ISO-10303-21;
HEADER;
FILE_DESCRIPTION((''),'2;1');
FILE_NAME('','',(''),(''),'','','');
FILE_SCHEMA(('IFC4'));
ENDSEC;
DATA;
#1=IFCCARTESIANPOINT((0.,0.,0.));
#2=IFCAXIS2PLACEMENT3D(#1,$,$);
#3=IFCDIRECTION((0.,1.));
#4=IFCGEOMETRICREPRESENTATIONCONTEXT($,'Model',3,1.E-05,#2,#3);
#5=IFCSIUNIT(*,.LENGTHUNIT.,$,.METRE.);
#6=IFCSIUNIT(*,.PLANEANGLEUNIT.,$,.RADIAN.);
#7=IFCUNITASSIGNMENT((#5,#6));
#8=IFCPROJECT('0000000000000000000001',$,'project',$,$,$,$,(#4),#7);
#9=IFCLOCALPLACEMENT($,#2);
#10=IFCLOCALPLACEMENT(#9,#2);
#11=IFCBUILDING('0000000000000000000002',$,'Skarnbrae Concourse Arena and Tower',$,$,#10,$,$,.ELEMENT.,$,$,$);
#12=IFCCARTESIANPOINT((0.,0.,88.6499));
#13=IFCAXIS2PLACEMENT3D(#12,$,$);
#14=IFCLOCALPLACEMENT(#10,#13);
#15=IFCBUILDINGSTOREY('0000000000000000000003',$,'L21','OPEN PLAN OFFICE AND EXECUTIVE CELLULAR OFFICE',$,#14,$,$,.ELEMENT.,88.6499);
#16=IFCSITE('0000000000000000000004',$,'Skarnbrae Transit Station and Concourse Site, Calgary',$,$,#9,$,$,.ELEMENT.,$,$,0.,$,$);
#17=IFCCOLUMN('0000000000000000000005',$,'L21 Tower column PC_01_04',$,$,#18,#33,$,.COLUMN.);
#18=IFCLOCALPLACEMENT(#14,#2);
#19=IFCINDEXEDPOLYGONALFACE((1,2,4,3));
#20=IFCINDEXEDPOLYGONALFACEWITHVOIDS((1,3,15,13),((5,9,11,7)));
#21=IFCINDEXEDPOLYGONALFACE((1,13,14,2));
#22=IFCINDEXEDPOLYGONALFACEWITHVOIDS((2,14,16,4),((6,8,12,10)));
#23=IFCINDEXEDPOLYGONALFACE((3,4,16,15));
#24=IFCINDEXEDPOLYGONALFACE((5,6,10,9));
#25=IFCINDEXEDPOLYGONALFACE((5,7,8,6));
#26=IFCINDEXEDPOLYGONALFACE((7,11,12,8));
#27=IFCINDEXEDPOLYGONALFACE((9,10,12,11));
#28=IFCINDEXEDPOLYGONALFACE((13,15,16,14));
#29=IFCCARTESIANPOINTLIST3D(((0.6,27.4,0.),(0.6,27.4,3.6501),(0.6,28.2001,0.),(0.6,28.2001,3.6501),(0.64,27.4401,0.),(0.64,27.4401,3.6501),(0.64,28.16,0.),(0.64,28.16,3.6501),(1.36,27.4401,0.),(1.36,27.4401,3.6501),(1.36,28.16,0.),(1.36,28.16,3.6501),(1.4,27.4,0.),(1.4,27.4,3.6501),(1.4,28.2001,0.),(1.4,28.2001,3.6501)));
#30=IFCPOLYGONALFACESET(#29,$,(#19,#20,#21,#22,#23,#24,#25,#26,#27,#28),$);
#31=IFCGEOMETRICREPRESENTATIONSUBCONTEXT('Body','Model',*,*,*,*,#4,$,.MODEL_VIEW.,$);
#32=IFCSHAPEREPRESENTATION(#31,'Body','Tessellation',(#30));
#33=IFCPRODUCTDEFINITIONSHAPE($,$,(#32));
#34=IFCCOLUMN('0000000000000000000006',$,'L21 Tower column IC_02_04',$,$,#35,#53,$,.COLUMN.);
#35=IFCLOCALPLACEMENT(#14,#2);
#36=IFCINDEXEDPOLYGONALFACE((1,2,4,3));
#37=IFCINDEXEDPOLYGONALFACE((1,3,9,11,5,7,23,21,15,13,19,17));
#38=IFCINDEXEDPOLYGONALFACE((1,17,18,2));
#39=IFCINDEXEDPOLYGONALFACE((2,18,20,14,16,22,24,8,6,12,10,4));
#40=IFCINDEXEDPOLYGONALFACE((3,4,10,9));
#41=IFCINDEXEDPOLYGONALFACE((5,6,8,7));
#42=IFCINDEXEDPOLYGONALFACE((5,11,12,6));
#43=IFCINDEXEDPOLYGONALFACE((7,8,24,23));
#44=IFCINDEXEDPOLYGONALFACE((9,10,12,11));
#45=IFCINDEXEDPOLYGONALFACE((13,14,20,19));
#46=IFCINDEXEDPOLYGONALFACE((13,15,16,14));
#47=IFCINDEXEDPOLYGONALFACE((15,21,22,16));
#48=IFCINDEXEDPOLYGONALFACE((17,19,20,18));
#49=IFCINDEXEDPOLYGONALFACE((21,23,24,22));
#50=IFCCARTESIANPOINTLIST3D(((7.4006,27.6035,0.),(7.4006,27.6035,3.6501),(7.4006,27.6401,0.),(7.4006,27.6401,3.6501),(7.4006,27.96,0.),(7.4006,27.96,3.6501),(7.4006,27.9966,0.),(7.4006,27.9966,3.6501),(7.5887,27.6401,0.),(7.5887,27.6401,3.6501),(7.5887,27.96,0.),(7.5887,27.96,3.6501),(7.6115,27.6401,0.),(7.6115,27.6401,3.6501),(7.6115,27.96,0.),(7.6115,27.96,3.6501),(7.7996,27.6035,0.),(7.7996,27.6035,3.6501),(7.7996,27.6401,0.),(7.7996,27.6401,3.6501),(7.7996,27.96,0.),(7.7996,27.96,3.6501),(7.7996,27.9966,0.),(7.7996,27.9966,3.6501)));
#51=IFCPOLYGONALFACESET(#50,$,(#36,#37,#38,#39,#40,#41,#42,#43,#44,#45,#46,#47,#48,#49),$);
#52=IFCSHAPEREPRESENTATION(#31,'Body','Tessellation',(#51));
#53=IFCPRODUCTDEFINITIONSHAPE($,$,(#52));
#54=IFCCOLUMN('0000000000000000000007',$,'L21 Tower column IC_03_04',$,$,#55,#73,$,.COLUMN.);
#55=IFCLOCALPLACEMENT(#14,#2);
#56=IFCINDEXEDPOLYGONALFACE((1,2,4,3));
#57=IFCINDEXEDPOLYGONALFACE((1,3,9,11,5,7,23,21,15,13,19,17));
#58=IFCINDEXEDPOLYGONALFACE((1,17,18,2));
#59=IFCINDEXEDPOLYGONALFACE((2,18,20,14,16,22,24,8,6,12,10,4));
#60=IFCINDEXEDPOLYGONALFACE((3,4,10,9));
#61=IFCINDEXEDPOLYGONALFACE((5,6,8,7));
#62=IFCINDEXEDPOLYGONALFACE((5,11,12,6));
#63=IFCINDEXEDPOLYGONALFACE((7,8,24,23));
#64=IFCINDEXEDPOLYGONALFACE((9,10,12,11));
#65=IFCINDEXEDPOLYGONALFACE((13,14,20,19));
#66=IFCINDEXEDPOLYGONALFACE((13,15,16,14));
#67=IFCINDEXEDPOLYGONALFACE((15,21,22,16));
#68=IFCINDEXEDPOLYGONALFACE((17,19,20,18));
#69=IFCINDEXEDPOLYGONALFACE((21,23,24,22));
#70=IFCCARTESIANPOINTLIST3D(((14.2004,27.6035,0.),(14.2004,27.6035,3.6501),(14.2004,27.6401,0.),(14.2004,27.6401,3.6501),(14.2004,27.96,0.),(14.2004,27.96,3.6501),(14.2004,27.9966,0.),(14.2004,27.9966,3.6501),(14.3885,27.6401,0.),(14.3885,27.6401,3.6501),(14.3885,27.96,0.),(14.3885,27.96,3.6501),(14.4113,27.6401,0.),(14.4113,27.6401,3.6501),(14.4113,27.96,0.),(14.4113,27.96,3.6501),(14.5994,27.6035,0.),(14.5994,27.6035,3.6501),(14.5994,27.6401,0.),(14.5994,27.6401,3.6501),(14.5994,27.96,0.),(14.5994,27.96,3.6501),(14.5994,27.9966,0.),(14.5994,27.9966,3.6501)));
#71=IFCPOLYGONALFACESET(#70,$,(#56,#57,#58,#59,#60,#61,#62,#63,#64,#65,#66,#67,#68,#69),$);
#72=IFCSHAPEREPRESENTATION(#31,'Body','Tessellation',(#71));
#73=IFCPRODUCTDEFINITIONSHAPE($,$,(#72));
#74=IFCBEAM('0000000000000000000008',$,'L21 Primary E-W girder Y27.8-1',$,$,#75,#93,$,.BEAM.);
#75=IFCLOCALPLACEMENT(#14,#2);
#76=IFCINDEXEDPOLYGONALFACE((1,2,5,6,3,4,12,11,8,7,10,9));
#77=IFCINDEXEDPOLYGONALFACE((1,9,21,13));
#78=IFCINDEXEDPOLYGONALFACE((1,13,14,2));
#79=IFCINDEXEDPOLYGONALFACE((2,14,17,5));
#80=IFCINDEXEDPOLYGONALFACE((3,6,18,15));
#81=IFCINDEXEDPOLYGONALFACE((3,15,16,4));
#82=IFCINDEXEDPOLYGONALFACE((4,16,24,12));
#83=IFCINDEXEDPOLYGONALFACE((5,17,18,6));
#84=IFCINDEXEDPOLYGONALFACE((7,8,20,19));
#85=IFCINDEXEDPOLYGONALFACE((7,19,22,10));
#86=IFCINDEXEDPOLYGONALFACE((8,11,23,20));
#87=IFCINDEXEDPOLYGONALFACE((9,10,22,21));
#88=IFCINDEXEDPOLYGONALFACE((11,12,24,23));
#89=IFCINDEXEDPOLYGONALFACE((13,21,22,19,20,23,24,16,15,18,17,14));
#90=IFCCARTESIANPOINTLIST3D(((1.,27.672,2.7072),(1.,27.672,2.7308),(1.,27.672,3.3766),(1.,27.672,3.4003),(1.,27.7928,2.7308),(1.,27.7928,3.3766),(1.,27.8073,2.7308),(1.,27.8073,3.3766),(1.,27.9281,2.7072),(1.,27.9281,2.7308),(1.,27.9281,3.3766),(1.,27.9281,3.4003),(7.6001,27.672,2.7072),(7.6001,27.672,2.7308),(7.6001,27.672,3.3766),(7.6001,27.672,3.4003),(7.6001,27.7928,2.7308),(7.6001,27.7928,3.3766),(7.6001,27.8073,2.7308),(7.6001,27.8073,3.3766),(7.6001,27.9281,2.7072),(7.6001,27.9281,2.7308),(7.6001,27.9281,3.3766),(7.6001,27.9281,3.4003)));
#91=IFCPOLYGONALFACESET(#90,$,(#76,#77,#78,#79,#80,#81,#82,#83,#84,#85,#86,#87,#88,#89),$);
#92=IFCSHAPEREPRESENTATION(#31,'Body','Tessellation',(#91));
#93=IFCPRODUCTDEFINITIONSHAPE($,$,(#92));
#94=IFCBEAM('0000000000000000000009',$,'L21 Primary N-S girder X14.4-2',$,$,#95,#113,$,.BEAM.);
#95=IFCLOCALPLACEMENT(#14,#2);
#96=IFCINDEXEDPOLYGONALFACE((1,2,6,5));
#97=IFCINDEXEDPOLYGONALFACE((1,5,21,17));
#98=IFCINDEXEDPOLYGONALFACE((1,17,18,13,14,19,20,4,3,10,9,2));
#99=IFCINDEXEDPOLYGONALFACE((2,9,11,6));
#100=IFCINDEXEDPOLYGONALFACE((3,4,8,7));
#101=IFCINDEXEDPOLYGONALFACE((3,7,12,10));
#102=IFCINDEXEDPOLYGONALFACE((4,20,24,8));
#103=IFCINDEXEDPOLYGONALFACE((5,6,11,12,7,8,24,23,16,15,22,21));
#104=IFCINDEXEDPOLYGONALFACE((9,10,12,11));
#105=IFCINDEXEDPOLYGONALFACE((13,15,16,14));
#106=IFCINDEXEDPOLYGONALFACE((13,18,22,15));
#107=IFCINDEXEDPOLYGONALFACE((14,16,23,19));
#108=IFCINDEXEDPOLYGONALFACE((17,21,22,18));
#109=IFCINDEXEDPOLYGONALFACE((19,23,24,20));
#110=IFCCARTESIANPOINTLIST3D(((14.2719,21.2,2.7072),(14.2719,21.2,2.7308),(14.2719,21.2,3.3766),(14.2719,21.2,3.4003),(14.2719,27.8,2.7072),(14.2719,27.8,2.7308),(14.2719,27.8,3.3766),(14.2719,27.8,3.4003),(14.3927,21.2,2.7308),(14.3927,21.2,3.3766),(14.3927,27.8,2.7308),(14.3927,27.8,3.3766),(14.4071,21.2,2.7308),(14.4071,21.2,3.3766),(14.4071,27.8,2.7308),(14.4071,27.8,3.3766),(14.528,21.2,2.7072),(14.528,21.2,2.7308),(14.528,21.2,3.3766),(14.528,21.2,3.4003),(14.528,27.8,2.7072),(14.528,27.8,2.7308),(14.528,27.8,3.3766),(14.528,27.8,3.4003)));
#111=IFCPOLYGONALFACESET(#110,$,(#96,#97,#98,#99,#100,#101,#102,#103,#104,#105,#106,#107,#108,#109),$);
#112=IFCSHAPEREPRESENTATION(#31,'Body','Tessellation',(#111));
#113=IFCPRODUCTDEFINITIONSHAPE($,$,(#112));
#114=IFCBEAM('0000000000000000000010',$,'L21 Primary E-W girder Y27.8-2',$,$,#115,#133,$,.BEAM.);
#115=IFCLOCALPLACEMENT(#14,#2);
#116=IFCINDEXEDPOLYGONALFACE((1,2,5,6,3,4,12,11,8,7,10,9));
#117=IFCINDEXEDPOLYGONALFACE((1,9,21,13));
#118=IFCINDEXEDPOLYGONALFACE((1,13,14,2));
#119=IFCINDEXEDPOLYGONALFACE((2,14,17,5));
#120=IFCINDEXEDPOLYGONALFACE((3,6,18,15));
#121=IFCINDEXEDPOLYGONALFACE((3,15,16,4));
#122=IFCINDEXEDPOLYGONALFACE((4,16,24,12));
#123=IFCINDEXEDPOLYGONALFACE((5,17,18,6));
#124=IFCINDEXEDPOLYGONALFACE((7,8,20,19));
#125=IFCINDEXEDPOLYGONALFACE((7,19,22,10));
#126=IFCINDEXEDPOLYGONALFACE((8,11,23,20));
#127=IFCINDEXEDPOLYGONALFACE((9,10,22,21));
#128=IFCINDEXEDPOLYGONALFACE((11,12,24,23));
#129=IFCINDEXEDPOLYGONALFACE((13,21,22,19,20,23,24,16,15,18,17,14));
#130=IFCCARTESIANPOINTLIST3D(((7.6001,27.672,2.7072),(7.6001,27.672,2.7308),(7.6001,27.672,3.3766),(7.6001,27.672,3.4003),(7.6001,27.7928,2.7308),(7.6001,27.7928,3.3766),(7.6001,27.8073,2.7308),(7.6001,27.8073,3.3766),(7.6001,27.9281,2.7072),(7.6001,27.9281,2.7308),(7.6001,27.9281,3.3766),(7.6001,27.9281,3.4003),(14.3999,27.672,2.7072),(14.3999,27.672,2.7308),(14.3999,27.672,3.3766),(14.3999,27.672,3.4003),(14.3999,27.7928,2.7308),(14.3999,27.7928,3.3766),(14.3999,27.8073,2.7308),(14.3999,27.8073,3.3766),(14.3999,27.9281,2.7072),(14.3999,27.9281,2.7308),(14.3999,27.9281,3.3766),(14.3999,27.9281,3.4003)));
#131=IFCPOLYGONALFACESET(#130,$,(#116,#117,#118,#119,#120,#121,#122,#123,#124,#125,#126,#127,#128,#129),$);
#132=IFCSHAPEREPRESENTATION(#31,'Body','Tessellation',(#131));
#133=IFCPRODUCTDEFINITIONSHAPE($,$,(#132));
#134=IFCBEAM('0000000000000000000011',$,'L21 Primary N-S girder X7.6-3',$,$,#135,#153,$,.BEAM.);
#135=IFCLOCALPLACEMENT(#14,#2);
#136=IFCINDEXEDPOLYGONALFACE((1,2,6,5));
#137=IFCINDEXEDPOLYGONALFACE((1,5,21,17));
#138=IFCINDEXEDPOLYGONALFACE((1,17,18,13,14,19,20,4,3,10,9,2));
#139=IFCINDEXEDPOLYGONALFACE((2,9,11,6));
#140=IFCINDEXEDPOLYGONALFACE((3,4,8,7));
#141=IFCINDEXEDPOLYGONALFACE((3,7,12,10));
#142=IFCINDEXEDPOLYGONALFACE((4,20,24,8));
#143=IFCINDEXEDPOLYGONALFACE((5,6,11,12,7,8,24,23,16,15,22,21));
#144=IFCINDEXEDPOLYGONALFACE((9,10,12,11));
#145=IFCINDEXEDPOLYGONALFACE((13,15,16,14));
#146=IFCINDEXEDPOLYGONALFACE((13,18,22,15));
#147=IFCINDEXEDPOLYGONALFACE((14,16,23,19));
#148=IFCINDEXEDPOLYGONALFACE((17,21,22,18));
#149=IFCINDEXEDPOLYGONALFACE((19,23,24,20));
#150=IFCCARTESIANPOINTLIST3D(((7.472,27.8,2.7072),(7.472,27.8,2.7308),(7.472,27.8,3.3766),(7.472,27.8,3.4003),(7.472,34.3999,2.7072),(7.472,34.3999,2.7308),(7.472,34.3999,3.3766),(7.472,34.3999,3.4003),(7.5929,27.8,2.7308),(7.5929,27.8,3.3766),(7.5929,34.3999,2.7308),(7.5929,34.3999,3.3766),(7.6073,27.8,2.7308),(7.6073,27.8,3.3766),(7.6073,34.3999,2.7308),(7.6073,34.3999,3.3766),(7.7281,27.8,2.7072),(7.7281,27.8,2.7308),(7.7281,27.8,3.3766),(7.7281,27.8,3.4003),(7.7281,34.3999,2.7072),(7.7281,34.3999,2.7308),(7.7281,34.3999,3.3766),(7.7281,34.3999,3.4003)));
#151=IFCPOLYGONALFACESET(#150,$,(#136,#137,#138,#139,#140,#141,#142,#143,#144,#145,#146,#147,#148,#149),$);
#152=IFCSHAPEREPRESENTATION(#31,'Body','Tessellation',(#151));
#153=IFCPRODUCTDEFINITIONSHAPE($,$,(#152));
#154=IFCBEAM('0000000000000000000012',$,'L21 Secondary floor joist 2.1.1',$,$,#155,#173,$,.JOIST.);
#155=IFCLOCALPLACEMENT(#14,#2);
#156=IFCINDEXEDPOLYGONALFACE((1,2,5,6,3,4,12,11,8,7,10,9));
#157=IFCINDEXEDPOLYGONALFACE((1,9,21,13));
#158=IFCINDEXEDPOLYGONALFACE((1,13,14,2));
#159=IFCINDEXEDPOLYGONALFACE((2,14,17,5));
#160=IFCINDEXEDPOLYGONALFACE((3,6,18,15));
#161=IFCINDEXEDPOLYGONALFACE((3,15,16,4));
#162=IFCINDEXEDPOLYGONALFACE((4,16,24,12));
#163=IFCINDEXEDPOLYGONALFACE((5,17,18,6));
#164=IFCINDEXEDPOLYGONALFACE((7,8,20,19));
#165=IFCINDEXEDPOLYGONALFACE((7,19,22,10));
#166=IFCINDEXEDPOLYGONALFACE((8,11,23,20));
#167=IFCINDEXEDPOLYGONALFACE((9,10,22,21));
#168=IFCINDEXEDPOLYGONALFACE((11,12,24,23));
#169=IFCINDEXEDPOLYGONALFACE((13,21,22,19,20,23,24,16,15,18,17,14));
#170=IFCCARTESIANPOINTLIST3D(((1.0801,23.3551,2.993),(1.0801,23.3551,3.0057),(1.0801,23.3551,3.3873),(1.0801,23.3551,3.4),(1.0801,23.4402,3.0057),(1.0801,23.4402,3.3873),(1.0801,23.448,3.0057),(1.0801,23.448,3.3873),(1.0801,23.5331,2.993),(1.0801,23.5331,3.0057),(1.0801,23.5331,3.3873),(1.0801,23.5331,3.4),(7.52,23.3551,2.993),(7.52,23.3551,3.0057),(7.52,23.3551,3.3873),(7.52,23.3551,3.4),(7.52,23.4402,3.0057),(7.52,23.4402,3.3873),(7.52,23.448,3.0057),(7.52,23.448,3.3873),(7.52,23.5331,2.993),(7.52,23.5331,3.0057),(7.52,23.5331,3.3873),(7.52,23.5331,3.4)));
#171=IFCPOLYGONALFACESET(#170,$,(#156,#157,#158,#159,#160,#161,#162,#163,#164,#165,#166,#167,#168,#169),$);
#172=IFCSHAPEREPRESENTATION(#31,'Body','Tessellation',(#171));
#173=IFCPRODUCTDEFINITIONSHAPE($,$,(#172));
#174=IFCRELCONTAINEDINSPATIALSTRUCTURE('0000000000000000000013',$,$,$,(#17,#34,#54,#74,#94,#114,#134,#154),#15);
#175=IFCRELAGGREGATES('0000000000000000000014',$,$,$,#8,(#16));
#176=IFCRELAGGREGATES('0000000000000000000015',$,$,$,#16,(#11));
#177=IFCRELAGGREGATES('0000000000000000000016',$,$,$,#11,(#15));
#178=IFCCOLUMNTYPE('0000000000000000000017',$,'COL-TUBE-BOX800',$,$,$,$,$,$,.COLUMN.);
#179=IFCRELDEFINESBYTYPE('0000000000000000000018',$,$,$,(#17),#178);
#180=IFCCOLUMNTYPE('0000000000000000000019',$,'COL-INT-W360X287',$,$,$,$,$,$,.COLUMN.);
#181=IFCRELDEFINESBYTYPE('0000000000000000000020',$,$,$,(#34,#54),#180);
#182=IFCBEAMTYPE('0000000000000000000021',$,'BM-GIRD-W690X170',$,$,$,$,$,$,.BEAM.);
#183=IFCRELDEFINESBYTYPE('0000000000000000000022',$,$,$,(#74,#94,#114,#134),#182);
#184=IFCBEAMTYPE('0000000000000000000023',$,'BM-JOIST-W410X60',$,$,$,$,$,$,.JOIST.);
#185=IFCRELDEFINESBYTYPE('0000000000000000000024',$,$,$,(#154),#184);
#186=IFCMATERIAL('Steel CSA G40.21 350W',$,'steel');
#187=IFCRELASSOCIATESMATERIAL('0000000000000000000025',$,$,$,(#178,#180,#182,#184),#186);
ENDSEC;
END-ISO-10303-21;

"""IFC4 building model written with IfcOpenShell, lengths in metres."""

from ifc_helpers import new_model, si_unit, direction, frame, origin, origin_2d, place, context, subcontext, project, spatial, hollow_rectangle, i_section, extrude, source, transform, mapped, material, material_profile, profile_set, type_object, element, save


model = new_model("IFC4")

# Units and contexts
model_context = context("Model", 3, precision=1e-05, world=origin(), true_north=direction((0.0, 1.0)))
body_context = subcontext(model_context, "Body", "Model", "MODEL_VIEW")
ifc_project = project(units=[si_unit("LENGTHUNIT", "METRE"), si_unit("PLANEANGLEUNIT", "RADIAN")], contexts=[model_context])

# Site, building, storey
site_placement = place(None, origin())
site = spatial("IfcSite", under=ifc_project, at=site_placement, Name="Skarnbrae Transit Station and Concourse Site, Calgary", CompositionType="ELEMENT", RefElevation=0.0)
building_placement = place(site_placement, origin())
building = spatial("IfcBuilding", under=site, at=building_placement, Name="Skarnbrae Concourse Arena and Tower", CompositionType="ELEMENT")
storey_placement = place(building_placement, frame((0.0, 0.0, 88.6499)))
storey = spatial("IfcBuildingStorey", under=building, at=storey_placement, Name="L21", Description="OPEN PLAN OFFICE AND EXECUTIVE CELLULAR OFFICE", CompositionType="ELEMENT", Elevation=88.6499)

# Columns
ifc_material_1 = material(Name="Steel CSA G40.21 350W", Category="steel")
ifc_material_profile_1 = material_profile(ifc_material_1, hollow_rectangle(XDim=0.8, YDim=0.8, WallThickness=0.04, at=origin_2d()), Name="BOX800X800X40")
ifc_profile_set_1 = profile_set([ifc_material_profile_1], Name="Steel CSA G40.21 350W")
column_type_1 = type_object("IfcColumnType", Name="COL-TUBE-BOX800", PredefinedType="COLUMN", material=ifc_profile_set_1)
shared_shape_1 = source(origin(), body_context, "Body", "SweptSolid", [
    extrude(hollow_rectangle(XDim=0.8, YDim=0.8, WallThickness=0.04, at=origin_2d()), origin(), (0.0, 0.0, 1.0), 3.6501),
])
column_placement = place(storey_placement, frame((1.0, 27.8, 0.0), z_axis=(0.0, 0.0, 1.0), x_axis=(1.0, 0.0, 0.0)))
element("IfcColumn", 1, at=column_placement, inside=storey, type_object=column_type_1, Name="L21 Tower column PC_01_04", PredefinedType="COLUMN", context=body_context, shape_type="MappedRepresentation", body=[
    mapped(shared_shape_1, transform((0.0, 0.0, 0.0))),
])
ifc_material_profile_2 = material_profile(ifc_material_1, i_section(OverallWidth=0.3989, OverallDepth=0.3931, WebThickness=0.0227, FlangeThickness=0.0366, at=origin_2d()), Name="W360X287")
ifc_profile_set_2 = profile_set([ifc_material_profile_2], Name="Steel CSA G40.21 350W")
column_type_2 = type_object("IfcColumnType", Name="COL-INT-W360X287", PredefinedType="COLUMN", material=ifc_profile_set_2)
shared_shape_2 = source(origin(), body_context, "Body", "SweptSolid", [
    extrude(i_section(OverallWidth=0.3989, OverallDepth=0.3931, WebThickness=0.0227, FlangeThickness=0.0366, at=origin_2d()), origin(), (0.0, 0.0, 1.0), 3.6501),
])
for number, where, z_axis, x_axis, name in (
    (2, (7.6001, 27.8, 0.0), (0.0, 0.0, 1.0), (1.0, 0.0, 0.0), "L21 Tower column IC_02_04"),
    (3, (14.3999, 27.8, 0.0), (0.0, 0.0, 1.0), (1.0, 0.0, 0.0), "L21 Tower column IC_03_04"),
):
    element("IfcColumn", number, at=place(storey_placement, frame(where, z_axis=z_axis, x_axis=x_axis)), inside=storey, type_object=column_type_2, Name=name, PredefinedType="COLUMN", context=body_context, shape_type="MappedRepresentation", body=[
        mapped(shared_shape_2, transform((0.0, 0.0, 0.0))),
    ])

# Beams
ifc_material_profile_3 = material_profile(ifc_material_1, i_section(OverallWidth=0.2561, OverallDepth=0.6931, WebThickness=0.0144, FlangeThickness=0.0237, at=origin_2d()), Name="W690X170")
ifc_profile_set_3 = profile_set([ifc_material_profile_3], Name="Steel CSA G40.21 350W")
beam_type_1 = type_object("IfcBeamType", Name="BM-GIRD-W690X170", PredefinedType="BEAM", material=ifc_profile_set_3)
shared_shape_3 = source(origin(), body_context, "Body", "SweptSolid", [
    extrude(i_section(OverallWidth=0.2561, OverallDepth=0.6931, WebThickness=0.0144, FlangeThickness=0.0237, at=origin_2d()), origin(), (0.0, 0.0, 1.0), 6.6001),
])
for number, where, z_axis, x_axis, name in (
    (4, (1.0, 27.8, 3.0537), (1.0, 0.0, 0.0), (0.0, 1.0, 0.0), "L21 Primary E-W girder Y27.8-1"),
    (5, (14.3999, 21.2, 3.0537), (0.0, 1.0, 0.0), (-1.0, 0.0, 0.0), "L21 Primary N-S girder X14.4-2"),
):
    element("IfcBeam", number, at=place(storey_placement, frame(where, z_axis=z_axis, x_axis=x_axis)), inside=storey, type_object=beam_type_1, Name=name, PredefinedType="BEAM", context=body_context, shape_type="MappedRepresentation", body=[
        mapped(shared_shape_3, transform((0.0, 0.0, 0.0))),
    ])
shared_shape_4 = source(origin(), body_context, "Body", "SweptSolid", [
    extrude(i_section(OverallWidth=0.2561, OverallDepth=0.6931, WebThickness=0.0144, FlangeThickness=0.0237, at=origin_2d()), origin(), (0.0, 0.0, 1.0), 6.7998),
])
beam_1_placement = place(storey_placement, frame((7.6001, 27.8, 3.0537), z_axis=(1.0, 0.0, 0.0), x_axis=(0.0, 1.0, 0.0)))
element("IfcBeam", 6, at=beam_1_placement, inside=storey, type_object=beam_type_1, Name="L21 Primary E-W girder Y27.8-2", PredefinedType="BEAM", context=body_context, shape_type="MappedRepresentation", body=[
    mapped(shared_shape_4, transform((0.0, 0.0, 0.0))),
])
shared_shape_5 = source(origin(), body_context, "Body", "SweptSolid", [
    extrude(i_section(OverallWidth=0.2561, OverallDepth=0.6931, WebThickness=0.0144, FlangeThickness=0.0237, at=origin_2d()), origin(), (0.0, 0.0, 1.0), 6.5999),
])
beam_2_placement = place(storey_placement, frame((7.6001, 27.8, 3.0537), z_axis=(0.0, 1.0, 0.0), x_axis=(-1.0, 0.0, 0.0)))
element("IfcBeam", 7, at=beam_2_placement, inside=storey, type_object=beam_type_1, Name="L21 Primary N-S girder X7.6-3", PredefinedType="BEAM", context=body_context, shape_type="MappedRepresentation", body=[
    mapped(shared_shape_5, transform((0.0, 0.0, 0.0))),
])
ifc_material_profile_4 = material_profile(ifc_material_1, i_section(OverallWidth=0.178, OverallDepth=0.407, WebThickness=0.0078, FlangeThickness=0.0127, at=origin_2d()), Name="W410X60")
ifc_profile_set_4 = profile_set([ifc_material_profile_4], Name="Steel CSA G40.21 350W")
beam_type_2 = type_object("IfcBeamType", Name="BM-JOIST-W410X60", PredefinedType="JOIST", material=ifc_profile_set_4)
shared_shape_6 = source(origin(), body_context, "Body", "SweptSolid", [
    extrude(i_section(OverallWidth=0.178, OverallDepth=0.407, WebThickness=0.0078, FlangeThickness=0.0127, at=origin_2d()), origin(), (0.0, 0.0, 1.0), 6.4399),
])
for number, where, z_axis, x_axis, name in (
    (8, (1.0801, 23.4441, 3.1965), (1.0, 0.0, 0.0), (0.0, 1.0, 0.0), "L21 Secondary floor joist 2.1.1"),
):
    element("IfcBeam", number, at=place(storey_placement, frame(where, z_axis=z_axis, x_axis=x_axis)), inside=storey, type_object=beam_type_2, Name=name, PredefinedType="JOIST", context=body_context, shape_type="MappedRepresentation", body=[
        mapped(shared_shape_6, transform((0.0, 0.0, 0.0))),
    ])

save(model, "model.ifc")
